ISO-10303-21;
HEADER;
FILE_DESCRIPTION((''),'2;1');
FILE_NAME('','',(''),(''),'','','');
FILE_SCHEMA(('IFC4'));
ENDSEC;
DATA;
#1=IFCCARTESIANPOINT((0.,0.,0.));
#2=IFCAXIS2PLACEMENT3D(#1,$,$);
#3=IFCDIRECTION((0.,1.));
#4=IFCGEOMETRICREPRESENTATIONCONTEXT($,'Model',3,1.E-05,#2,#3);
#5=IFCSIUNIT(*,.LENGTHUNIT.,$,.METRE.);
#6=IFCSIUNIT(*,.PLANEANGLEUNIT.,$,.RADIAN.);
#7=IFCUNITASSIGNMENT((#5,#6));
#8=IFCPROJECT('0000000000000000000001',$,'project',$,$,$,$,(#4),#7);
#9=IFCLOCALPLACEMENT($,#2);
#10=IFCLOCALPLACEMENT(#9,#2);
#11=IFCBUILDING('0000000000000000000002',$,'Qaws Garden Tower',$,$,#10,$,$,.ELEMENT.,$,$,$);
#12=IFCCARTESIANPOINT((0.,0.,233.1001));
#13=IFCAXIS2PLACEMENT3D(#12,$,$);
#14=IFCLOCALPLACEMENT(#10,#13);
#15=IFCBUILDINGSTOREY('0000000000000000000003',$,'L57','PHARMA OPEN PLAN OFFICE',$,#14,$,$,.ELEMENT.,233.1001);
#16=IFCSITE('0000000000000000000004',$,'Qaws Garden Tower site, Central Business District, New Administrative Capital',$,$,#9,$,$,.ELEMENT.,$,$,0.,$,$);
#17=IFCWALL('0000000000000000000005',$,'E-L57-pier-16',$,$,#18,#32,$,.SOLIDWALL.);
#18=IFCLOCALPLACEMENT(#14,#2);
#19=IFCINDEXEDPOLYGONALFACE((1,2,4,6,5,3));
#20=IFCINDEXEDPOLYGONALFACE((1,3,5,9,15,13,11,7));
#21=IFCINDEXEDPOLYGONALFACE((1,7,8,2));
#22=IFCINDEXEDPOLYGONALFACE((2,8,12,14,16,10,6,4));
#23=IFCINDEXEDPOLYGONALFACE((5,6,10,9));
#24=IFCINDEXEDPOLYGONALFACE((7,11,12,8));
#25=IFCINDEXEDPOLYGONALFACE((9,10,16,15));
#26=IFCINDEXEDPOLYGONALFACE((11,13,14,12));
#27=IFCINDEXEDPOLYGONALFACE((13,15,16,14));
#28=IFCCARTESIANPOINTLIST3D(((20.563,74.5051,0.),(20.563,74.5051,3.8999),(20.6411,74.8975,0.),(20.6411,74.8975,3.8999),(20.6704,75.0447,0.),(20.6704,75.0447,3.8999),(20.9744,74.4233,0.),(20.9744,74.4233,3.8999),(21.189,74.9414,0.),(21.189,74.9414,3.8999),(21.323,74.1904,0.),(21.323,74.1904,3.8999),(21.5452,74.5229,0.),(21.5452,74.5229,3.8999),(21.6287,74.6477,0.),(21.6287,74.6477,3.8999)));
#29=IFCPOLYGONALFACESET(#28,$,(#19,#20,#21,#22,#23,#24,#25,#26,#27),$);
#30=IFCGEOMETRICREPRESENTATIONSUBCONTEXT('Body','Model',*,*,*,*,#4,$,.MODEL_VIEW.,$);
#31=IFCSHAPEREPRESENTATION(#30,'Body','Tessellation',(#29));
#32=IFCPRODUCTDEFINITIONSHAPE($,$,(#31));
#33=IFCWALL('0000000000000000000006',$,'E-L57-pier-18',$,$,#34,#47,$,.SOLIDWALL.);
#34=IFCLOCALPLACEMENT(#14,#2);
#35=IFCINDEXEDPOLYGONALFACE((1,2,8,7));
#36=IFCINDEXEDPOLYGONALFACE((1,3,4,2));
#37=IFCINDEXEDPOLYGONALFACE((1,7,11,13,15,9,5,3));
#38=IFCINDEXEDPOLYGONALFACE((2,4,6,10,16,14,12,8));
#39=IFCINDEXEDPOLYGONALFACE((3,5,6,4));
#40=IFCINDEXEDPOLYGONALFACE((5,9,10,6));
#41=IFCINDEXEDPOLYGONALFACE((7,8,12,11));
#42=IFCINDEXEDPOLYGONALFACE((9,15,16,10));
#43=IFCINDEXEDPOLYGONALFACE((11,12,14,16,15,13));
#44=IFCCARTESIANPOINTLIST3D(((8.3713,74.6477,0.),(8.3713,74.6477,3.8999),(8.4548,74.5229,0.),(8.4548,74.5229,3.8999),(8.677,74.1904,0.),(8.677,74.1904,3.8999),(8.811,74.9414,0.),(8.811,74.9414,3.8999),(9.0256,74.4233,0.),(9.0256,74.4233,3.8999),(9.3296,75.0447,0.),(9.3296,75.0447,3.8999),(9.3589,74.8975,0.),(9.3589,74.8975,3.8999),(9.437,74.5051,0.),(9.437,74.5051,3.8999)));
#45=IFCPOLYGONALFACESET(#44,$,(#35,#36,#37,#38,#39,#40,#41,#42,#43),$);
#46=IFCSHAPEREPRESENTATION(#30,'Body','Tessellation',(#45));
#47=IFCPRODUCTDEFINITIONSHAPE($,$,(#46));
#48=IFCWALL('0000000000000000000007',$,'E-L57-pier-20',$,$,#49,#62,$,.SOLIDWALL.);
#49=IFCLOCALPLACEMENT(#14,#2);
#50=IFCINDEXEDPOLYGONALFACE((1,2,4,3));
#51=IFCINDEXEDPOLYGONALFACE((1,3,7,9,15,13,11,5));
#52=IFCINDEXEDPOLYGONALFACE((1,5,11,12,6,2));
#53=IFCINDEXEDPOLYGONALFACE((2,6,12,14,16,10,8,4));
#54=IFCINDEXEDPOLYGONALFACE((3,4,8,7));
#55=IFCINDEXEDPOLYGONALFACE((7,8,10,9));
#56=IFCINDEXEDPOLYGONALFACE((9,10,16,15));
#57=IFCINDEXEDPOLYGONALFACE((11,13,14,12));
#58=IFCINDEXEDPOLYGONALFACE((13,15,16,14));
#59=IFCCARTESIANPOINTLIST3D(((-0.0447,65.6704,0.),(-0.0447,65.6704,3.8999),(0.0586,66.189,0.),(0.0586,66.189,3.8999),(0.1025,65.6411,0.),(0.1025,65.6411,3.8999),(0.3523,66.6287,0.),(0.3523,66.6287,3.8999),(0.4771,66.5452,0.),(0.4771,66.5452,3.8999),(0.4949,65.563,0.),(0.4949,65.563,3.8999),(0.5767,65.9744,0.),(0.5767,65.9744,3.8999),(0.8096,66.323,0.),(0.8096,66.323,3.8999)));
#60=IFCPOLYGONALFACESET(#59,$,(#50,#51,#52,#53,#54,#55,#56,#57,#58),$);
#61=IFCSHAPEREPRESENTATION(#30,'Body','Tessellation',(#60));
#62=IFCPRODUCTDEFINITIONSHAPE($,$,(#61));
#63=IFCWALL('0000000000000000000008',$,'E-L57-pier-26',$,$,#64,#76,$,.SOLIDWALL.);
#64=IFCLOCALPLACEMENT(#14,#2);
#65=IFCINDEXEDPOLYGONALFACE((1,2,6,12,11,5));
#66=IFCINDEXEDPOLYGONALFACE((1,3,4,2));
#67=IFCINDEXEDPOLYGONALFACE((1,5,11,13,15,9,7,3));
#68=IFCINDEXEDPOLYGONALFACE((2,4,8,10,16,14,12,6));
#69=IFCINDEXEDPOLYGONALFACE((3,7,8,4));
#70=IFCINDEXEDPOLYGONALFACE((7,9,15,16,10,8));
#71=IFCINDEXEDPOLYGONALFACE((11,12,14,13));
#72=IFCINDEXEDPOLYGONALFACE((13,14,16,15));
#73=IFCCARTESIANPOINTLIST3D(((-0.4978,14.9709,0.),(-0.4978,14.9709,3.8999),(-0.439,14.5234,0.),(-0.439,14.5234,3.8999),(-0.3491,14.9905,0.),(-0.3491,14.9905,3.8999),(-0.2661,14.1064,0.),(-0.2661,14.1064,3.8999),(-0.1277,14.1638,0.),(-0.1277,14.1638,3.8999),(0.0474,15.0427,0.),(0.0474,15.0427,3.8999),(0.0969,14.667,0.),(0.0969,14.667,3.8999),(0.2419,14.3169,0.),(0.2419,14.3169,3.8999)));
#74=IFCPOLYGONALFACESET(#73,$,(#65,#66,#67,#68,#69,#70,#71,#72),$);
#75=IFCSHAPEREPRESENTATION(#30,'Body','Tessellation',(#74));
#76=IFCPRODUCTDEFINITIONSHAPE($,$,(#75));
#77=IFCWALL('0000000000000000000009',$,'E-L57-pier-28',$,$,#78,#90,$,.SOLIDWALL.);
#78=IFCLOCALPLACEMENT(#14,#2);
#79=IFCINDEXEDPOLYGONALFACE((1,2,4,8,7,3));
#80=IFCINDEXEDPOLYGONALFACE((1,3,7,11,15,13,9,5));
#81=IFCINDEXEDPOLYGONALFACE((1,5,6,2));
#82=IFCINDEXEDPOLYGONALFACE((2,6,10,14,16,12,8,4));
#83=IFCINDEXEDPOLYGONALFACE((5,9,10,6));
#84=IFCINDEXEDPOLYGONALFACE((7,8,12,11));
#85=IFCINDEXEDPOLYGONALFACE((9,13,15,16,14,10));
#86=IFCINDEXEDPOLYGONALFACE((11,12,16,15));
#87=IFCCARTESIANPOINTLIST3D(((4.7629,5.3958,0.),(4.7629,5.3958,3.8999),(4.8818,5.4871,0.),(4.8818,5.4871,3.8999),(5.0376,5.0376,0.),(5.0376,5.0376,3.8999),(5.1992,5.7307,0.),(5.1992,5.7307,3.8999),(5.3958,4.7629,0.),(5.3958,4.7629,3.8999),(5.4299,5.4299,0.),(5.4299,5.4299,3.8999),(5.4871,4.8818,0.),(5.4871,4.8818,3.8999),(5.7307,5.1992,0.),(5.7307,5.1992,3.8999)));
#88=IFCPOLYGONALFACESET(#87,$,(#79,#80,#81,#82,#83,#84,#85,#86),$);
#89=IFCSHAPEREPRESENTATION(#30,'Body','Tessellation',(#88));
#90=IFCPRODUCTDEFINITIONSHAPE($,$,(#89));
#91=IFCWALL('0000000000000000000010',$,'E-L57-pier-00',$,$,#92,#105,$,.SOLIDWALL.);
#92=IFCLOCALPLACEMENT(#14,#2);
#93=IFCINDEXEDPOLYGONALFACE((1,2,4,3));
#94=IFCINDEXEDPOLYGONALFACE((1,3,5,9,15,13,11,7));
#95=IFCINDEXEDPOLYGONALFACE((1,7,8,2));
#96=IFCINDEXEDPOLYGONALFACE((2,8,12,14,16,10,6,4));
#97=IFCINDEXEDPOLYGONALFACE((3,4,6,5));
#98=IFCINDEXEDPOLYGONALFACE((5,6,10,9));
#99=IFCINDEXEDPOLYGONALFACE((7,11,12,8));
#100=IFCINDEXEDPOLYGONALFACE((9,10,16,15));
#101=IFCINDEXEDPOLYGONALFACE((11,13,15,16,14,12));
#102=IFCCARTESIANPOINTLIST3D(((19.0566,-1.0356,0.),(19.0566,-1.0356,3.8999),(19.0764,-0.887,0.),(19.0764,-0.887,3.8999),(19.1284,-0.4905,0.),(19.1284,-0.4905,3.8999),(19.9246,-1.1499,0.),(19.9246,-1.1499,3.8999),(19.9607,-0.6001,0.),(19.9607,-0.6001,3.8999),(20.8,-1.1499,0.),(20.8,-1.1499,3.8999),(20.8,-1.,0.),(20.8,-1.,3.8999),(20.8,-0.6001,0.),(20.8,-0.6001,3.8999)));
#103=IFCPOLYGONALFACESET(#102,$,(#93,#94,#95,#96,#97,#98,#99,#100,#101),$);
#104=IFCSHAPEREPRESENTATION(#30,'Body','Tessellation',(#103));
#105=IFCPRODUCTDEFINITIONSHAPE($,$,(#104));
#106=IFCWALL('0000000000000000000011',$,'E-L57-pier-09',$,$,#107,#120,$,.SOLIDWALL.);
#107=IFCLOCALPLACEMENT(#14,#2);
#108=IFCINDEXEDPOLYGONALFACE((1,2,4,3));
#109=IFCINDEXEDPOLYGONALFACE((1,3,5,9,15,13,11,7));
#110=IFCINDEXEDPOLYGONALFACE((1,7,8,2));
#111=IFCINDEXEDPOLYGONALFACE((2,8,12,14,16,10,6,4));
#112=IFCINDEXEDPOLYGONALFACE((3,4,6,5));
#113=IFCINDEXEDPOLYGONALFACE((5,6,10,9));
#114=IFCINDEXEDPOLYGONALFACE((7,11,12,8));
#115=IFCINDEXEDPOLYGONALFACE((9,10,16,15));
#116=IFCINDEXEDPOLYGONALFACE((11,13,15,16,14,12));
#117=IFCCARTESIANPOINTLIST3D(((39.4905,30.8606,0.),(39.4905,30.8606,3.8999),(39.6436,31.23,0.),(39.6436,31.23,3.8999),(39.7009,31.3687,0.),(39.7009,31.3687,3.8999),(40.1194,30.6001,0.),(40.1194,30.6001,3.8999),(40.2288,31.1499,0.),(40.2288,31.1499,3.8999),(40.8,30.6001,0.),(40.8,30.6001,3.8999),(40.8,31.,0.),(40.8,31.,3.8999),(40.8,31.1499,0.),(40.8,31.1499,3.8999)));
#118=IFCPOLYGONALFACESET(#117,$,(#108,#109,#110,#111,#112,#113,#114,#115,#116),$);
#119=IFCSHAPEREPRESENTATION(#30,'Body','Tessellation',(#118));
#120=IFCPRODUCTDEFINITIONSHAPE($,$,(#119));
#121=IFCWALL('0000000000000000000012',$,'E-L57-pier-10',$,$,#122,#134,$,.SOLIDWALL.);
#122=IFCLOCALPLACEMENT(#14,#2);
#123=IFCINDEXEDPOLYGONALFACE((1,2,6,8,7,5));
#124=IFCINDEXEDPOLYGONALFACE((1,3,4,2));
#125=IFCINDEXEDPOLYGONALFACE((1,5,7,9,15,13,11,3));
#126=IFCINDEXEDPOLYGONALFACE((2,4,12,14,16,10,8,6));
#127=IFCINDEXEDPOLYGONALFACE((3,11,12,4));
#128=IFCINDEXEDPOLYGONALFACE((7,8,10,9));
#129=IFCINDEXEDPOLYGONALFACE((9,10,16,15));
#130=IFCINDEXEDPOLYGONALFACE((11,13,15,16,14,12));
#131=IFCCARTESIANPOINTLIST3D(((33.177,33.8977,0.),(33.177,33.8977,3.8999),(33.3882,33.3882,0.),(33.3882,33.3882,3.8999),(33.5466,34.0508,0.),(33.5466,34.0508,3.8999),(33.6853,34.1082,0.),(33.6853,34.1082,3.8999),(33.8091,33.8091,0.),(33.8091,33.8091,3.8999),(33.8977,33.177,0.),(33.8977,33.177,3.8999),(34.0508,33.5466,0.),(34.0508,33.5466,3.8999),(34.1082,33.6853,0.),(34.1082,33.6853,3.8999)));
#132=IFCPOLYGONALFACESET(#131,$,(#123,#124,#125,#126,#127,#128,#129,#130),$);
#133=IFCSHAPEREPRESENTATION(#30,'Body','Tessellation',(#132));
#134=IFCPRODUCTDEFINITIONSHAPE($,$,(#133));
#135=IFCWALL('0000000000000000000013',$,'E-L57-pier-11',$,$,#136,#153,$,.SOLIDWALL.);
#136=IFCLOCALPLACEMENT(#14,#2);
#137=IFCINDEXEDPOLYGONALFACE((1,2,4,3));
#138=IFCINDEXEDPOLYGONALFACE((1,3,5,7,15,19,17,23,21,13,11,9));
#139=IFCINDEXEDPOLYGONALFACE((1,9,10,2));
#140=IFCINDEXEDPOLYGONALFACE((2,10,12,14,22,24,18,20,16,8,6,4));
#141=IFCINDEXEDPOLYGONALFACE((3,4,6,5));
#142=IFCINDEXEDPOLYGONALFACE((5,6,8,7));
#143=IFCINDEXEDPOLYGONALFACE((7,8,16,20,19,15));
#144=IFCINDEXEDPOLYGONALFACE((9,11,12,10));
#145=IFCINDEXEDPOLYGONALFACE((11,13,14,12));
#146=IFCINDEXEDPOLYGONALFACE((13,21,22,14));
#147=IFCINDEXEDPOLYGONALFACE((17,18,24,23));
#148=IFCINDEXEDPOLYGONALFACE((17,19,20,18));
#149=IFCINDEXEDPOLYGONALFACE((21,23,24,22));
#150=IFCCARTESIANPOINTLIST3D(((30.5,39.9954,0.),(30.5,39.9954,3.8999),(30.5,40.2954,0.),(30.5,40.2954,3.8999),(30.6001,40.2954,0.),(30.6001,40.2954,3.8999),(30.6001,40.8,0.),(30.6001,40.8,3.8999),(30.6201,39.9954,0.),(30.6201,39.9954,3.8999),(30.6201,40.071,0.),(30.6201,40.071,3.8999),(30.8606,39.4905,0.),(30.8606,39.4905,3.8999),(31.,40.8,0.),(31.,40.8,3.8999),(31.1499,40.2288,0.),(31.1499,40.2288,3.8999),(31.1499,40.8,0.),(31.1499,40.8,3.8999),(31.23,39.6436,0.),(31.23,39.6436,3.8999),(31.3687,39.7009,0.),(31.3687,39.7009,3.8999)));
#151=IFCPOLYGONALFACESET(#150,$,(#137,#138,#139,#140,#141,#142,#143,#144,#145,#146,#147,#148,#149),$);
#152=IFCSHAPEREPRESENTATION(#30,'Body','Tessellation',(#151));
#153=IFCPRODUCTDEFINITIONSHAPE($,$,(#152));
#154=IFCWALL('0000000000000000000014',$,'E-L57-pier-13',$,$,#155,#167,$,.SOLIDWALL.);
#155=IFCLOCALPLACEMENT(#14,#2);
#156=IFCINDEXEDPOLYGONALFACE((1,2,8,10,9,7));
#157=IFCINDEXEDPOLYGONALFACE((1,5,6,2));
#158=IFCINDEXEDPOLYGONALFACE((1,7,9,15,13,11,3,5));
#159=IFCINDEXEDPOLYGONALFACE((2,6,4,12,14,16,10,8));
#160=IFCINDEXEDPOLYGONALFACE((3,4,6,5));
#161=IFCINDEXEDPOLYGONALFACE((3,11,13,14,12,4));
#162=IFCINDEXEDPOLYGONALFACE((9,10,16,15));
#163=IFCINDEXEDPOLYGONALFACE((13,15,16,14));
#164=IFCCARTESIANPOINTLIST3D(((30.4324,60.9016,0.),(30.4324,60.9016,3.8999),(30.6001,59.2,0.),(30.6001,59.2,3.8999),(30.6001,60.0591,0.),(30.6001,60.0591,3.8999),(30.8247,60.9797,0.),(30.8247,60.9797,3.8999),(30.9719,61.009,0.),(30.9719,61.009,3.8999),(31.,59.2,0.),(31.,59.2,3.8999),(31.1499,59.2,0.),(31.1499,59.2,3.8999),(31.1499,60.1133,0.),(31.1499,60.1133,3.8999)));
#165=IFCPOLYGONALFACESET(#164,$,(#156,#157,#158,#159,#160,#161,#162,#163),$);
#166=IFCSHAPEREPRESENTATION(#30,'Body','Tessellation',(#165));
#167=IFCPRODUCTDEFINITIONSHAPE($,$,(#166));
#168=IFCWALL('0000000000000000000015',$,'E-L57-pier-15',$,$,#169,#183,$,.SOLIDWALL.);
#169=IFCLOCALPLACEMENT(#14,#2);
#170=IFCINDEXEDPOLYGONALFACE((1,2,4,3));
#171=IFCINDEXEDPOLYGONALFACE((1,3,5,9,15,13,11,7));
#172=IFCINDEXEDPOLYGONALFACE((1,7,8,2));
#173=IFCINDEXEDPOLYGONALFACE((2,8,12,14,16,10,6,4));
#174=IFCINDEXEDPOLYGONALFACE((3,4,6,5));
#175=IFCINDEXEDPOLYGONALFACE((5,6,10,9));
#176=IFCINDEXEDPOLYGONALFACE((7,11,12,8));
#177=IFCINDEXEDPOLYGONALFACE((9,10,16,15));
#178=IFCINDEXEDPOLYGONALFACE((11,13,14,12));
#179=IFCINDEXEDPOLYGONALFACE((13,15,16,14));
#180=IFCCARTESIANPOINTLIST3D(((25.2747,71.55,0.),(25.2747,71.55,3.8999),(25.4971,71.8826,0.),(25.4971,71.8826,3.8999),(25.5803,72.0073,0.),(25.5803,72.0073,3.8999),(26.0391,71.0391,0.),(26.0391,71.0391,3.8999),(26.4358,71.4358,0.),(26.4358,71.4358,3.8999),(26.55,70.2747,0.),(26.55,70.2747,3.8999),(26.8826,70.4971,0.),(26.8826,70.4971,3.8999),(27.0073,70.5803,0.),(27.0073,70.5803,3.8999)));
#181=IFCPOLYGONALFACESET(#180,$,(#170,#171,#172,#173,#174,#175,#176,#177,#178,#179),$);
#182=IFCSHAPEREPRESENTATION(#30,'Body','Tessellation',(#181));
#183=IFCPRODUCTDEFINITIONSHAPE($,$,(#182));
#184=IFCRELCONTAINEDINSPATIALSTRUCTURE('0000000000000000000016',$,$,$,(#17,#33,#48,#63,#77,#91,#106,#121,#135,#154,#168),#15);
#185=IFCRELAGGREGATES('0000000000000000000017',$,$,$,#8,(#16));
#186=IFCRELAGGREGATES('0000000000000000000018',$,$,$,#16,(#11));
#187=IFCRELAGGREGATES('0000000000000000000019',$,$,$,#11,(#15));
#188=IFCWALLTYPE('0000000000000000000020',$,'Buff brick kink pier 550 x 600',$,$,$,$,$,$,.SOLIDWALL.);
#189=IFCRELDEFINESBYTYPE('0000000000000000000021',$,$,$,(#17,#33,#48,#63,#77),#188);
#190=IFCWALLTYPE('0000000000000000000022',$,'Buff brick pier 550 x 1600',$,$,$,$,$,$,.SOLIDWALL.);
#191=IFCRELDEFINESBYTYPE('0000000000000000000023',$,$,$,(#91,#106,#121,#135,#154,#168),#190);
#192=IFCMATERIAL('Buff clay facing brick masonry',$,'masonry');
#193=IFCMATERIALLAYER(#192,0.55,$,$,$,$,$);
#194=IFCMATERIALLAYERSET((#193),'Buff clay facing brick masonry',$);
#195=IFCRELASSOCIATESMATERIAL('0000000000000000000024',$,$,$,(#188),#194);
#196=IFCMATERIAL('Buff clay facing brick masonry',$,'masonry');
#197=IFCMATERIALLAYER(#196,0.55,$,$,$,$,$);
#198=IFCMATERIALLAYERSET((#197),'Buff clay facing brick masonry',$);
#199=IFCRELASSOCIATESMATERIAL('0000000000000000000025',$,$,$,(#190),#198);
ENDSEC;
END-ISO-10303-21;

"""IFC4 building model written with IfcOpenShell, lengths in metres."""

from ifc_helpers import new_model, si_unit, direction, frame, origin, place, context, subcontext, project, spatial, polyline, outline, extrude, material, layer, layer_set, type_object, element, save


model = new_model("IFC4")

# Units and contexts
model_context = context("Model", 3, precision=1e-05, world=origin(), true_north=direction((0.0, 1.0)))
body_context = subcontext(model_context, "Body", "Model", "MODEL_VIEW")
ifc_project = project(units=[si_unit("LENGTHUNIT", "METRE"), si_unit("PLANEANGLEUNIT", "RADIAN")], contexts=[model_context])

# Site, building, storey
site_placement = place(None, origin())
site = spatial("IfcSite", under=ifc_project, at=site_placement, Name="Qaws Garden Tower site, Central Business District, New Administrative Capital", CompositionType="ELEMENT", RefElevation=0.0)
building_placement = place(site_placement, origin())
building = spatial("IfcBuilding", under=site, at=building_placement, Name="Qaws Garden Tower", CompositionType="ELEMENT")
storey_placement = place(building_placement, frame((0.0, 0.0, 233.1001)))
storey = spatial("IfcBuildingStorey", under=building, at=storey_placement, Name="L57", Description="PHARMA OPEN PLAN OFFICE", CompositionType="ELEMENT", Elevation=233.1001)

# Walls
placement = place(storey_placement, origin())
ifc_material_1 = material(Name="Buff clay facing brick masonry", Category="masonry")
ifc_layer_1 = layer(ifc_material_1, 0.55)
ifc_layer_set_1 = layer_set([ifc_layer_1], Name="Buff clay facing brick masonry")
wall_type_1 = type_object("IfcWallType", Name="Buff brick kink pier 550 x 600", PredefinedType="SOLIDWALL", material=ifc_layer_set_1)
element("IfcWall", 1, at=placement, inside=storey, type_object=wall_type_1, Name="E-L57-pier-16", PredefinedType="SOLIDWALL", context=body_context, shape_type="SweptSolid", body=[
    extrude(outline(polyline([(21.5452, 74.5229), (21.6287, 74.6477), (21.189, 74.9414), (20.6704, 75.0447), (20.6411, 74.8975), (20.563, 74.5051), (20.9744, 74.4233), (21.323, 74.1904), (21.5452, 74.5229)])), origin(), (0.0, 0.0, 1.0), 3.8999),
])
element("IfcWall", 2, at=placement, inside=storey, type_object=wall_type_1, Name="E-L57-pier-18", PredefinedType="SOLIDWALL", context=body_context, shape_type="SweptSolid", body=[
    extrude(outline(polyline([(9.3589, 74.8975), (9.3296, 75.0447), (8.811, 74.9414), (8.3713, 74.6477), (8.4548, 74.5229), (8.677, 74.1904), (9.0256, 74.4233), (9.437, 74.5051), (9.3589, 74.8975)])), origin(), (0.0, 0.0, 1.0), 3.8999),
])
element("IfcWall", 3, at=placement, inside=storey, type_object=wall_type_1, Name="E-L57-pier-20", PredefinedType="SOLIDWALL", context=body_context, shape_type="SweptSolid", body=[
    extrude(outline(polyline([(0.4771, 66.5452), (0.3523, 66.6287), (0.0586, 66.189), (-0.0447, 65.6704), (0.1025, 65.6411), (0.4949, 65.563), (0.5767, 65.9744), (0.8096, 66.323), (0.4771, 66.5452)])), origin(), (0.0, 0.0, 1.0), 3.8999),
])
element("IfcWall", 4, at=placement, inside=storey, type_object=wall_type_1, Name="E-L57-pier-26", PredefinedType="SOLIDWALL", context=body_context, shape_type="SweptSolid", body=[
    extrude(outline(polyline([(-0.3491, 14.9905), (-0.4978, 14.9709), (-0.439, 14.5234), (-0.2661, 14.1064), (-0.1277, 14.1638), (0.2419, 14.3169), (0.0969, 14.667), (0.0474, 15.0427), (-0.3491, 14.9905)])), origin(), (0.0, 0.0, 1.0), 3.8999),
])
element("IfcWall", 5, at=placement, inside=storey, type_object=wall_type_1, Name="E-L57-pier-28", PredefinedType="SOLIDWALL", context=body_context, shape_type="SweptSolid", body=[
    extrude(outline(polyline([(4.8818, 5.4871), (4.7629, 5.3958), (5.0376, 5.0376), (5.3958, 4.7629), (5.4871, 4.8818), (5.7307, 5.1992), (5.4299, 5.4299), (5.1992, 5.7307), (4.8818, 5.4871)])), origin(), (0.0, 0.0, 1.0), 3.8999),
])
ifc_material_2 = material(Name="Buff clay facing brick masonry", Category="masonry")
ifc_layer_2 = layer(ifc_material_2, 0.55)
ifc_layer_set_2 = layer_set([ifc_layer_2], Name="Buff clay facing brick masonry")
wall_type_2 = type_object("IfcWallType", Name="Buff brick pier 550 x 1600", PredefinedType="SOLIDWALL", material=ifc_layer_set_2)
element("IfcWall", 6, at=placement, inside=storey, type_object=wall_type_2, Name="E-L57-pier-00", PredefinedType="SOLIDWALL", context=body_context, shape_type="SweptSolid", body=[
    extrude(outline(polyline([(19.0764, -0.887), (19.0566, -1.0356), (19.9246, -1.1499), (20.8, -1.1499), (20.8, -1.0), (20.8, -0.6001), (19.9607, -0.6001), (19.1284, -0.4905), (19.0764, -0.887)])), origin(), (0.0, 0.0, 1.0), 3.8999),
])
element("IfcWall", 7, at=placement, inside=storey, type_object=wall_type_2, Name="E-L57-pier-09", PredefinedType="SOLIDWALL", context=body_context, shape_type="SweptSolid", body=[
    extrude(outline(polyline([(40.8, 31.0), (40.8, 31.1499), (40.2288, 31.1499), (39.7009, 31.3687), (39.6436, 31.23), (39.4905, 30.8606), (40.1194, 30.6001), (40.8, 30.6001), (40.8, 31.0)])), origin(), (0.0, 0.0, 1.0), 3.8999),
])
element("IfcWall", 8, at=placement, inside=storey, type_object=wall_type_2, Name="E-L57-pier-10", PredefinedType="SOLIDWALL", context=body_context, shape_type="SweptSolid", body=[
    extrude(outline(polyline([(34.0508, 33.5466), (34.1082, 33.6853), (33.8091, 33.8091), (33.6853, 34.1082), (33.5466, 34.0508), (33.177, 33.8977), (33.3882, 33.3882), (33.8977, 33.177), (34.0508, 33.5466)])), origin(), (0.0, 0.0, 1.0), 3.8999),
])
element("IfcWall", 9, at=placement, inside=storey, type_object=wall_type_2, Name="E-L57-pier-11", PredefinedType="SOLIDWALL", context=body_context, shape_type="SweptSolid", body=[
    extrude(outline(polyline([(30.6201, 39.9954), (30.6201, 40.071), (30.8606, 39.4905), (31.23, 39.6436), (31.3687, 39.7009), (31.1499, 40.2288), (31.1499, 40.8), (31.0, 40.8), (30.6001, 40.8), (30.6001, 40.2954), (30.5, 40.2954), (30.5, 39.9954), (30.6201, 39.9954)])), origin(), (0.0, 0.0, 1.0), 3.8999),
])
element("IfcWall", 10, at=placement, inside=storey, type_object=wall_type_2, Name="E-L57-pier-13", PredefinedType="SOLIDWALL", context=body_context, shape_type="SweptSolid", body=[
    extrude(outline(polyline([(31.0, 59.2), (31.1499, 59.2), (31.1499, 60.1133), (30.9719, 61.009), (30.8247, 60.9797), (30.4324, 60.9016), (30.6001, 60.0591), (30.6001, 59.2), (31.0, 59.2)])), origin(), (0.0, 0.0, 1.0), 3.8999),
])
element("IfcWall", 11, at=placement, inside=storey, type_object=wall_type_2, Name="E-L57-pier-15", PredefinedType="SOLIDWALL", context=body_context, shape_type="SweptSolid", body=[
    extrude(outline(polyline([(26.8826, 70.4971), (27.0073, 70.5803), (26.4358, 71.4358), (25.5803, 72.0073), (25.4971, 71.8826), (25.2747, 71.55), (26.0391, 71.0391), (26.55, 70.2747), (26.8826, 70.4971)])), origin(), (0.0, 0.0, 1.0), 3.8999),
])

save(model, "model.ifc")
